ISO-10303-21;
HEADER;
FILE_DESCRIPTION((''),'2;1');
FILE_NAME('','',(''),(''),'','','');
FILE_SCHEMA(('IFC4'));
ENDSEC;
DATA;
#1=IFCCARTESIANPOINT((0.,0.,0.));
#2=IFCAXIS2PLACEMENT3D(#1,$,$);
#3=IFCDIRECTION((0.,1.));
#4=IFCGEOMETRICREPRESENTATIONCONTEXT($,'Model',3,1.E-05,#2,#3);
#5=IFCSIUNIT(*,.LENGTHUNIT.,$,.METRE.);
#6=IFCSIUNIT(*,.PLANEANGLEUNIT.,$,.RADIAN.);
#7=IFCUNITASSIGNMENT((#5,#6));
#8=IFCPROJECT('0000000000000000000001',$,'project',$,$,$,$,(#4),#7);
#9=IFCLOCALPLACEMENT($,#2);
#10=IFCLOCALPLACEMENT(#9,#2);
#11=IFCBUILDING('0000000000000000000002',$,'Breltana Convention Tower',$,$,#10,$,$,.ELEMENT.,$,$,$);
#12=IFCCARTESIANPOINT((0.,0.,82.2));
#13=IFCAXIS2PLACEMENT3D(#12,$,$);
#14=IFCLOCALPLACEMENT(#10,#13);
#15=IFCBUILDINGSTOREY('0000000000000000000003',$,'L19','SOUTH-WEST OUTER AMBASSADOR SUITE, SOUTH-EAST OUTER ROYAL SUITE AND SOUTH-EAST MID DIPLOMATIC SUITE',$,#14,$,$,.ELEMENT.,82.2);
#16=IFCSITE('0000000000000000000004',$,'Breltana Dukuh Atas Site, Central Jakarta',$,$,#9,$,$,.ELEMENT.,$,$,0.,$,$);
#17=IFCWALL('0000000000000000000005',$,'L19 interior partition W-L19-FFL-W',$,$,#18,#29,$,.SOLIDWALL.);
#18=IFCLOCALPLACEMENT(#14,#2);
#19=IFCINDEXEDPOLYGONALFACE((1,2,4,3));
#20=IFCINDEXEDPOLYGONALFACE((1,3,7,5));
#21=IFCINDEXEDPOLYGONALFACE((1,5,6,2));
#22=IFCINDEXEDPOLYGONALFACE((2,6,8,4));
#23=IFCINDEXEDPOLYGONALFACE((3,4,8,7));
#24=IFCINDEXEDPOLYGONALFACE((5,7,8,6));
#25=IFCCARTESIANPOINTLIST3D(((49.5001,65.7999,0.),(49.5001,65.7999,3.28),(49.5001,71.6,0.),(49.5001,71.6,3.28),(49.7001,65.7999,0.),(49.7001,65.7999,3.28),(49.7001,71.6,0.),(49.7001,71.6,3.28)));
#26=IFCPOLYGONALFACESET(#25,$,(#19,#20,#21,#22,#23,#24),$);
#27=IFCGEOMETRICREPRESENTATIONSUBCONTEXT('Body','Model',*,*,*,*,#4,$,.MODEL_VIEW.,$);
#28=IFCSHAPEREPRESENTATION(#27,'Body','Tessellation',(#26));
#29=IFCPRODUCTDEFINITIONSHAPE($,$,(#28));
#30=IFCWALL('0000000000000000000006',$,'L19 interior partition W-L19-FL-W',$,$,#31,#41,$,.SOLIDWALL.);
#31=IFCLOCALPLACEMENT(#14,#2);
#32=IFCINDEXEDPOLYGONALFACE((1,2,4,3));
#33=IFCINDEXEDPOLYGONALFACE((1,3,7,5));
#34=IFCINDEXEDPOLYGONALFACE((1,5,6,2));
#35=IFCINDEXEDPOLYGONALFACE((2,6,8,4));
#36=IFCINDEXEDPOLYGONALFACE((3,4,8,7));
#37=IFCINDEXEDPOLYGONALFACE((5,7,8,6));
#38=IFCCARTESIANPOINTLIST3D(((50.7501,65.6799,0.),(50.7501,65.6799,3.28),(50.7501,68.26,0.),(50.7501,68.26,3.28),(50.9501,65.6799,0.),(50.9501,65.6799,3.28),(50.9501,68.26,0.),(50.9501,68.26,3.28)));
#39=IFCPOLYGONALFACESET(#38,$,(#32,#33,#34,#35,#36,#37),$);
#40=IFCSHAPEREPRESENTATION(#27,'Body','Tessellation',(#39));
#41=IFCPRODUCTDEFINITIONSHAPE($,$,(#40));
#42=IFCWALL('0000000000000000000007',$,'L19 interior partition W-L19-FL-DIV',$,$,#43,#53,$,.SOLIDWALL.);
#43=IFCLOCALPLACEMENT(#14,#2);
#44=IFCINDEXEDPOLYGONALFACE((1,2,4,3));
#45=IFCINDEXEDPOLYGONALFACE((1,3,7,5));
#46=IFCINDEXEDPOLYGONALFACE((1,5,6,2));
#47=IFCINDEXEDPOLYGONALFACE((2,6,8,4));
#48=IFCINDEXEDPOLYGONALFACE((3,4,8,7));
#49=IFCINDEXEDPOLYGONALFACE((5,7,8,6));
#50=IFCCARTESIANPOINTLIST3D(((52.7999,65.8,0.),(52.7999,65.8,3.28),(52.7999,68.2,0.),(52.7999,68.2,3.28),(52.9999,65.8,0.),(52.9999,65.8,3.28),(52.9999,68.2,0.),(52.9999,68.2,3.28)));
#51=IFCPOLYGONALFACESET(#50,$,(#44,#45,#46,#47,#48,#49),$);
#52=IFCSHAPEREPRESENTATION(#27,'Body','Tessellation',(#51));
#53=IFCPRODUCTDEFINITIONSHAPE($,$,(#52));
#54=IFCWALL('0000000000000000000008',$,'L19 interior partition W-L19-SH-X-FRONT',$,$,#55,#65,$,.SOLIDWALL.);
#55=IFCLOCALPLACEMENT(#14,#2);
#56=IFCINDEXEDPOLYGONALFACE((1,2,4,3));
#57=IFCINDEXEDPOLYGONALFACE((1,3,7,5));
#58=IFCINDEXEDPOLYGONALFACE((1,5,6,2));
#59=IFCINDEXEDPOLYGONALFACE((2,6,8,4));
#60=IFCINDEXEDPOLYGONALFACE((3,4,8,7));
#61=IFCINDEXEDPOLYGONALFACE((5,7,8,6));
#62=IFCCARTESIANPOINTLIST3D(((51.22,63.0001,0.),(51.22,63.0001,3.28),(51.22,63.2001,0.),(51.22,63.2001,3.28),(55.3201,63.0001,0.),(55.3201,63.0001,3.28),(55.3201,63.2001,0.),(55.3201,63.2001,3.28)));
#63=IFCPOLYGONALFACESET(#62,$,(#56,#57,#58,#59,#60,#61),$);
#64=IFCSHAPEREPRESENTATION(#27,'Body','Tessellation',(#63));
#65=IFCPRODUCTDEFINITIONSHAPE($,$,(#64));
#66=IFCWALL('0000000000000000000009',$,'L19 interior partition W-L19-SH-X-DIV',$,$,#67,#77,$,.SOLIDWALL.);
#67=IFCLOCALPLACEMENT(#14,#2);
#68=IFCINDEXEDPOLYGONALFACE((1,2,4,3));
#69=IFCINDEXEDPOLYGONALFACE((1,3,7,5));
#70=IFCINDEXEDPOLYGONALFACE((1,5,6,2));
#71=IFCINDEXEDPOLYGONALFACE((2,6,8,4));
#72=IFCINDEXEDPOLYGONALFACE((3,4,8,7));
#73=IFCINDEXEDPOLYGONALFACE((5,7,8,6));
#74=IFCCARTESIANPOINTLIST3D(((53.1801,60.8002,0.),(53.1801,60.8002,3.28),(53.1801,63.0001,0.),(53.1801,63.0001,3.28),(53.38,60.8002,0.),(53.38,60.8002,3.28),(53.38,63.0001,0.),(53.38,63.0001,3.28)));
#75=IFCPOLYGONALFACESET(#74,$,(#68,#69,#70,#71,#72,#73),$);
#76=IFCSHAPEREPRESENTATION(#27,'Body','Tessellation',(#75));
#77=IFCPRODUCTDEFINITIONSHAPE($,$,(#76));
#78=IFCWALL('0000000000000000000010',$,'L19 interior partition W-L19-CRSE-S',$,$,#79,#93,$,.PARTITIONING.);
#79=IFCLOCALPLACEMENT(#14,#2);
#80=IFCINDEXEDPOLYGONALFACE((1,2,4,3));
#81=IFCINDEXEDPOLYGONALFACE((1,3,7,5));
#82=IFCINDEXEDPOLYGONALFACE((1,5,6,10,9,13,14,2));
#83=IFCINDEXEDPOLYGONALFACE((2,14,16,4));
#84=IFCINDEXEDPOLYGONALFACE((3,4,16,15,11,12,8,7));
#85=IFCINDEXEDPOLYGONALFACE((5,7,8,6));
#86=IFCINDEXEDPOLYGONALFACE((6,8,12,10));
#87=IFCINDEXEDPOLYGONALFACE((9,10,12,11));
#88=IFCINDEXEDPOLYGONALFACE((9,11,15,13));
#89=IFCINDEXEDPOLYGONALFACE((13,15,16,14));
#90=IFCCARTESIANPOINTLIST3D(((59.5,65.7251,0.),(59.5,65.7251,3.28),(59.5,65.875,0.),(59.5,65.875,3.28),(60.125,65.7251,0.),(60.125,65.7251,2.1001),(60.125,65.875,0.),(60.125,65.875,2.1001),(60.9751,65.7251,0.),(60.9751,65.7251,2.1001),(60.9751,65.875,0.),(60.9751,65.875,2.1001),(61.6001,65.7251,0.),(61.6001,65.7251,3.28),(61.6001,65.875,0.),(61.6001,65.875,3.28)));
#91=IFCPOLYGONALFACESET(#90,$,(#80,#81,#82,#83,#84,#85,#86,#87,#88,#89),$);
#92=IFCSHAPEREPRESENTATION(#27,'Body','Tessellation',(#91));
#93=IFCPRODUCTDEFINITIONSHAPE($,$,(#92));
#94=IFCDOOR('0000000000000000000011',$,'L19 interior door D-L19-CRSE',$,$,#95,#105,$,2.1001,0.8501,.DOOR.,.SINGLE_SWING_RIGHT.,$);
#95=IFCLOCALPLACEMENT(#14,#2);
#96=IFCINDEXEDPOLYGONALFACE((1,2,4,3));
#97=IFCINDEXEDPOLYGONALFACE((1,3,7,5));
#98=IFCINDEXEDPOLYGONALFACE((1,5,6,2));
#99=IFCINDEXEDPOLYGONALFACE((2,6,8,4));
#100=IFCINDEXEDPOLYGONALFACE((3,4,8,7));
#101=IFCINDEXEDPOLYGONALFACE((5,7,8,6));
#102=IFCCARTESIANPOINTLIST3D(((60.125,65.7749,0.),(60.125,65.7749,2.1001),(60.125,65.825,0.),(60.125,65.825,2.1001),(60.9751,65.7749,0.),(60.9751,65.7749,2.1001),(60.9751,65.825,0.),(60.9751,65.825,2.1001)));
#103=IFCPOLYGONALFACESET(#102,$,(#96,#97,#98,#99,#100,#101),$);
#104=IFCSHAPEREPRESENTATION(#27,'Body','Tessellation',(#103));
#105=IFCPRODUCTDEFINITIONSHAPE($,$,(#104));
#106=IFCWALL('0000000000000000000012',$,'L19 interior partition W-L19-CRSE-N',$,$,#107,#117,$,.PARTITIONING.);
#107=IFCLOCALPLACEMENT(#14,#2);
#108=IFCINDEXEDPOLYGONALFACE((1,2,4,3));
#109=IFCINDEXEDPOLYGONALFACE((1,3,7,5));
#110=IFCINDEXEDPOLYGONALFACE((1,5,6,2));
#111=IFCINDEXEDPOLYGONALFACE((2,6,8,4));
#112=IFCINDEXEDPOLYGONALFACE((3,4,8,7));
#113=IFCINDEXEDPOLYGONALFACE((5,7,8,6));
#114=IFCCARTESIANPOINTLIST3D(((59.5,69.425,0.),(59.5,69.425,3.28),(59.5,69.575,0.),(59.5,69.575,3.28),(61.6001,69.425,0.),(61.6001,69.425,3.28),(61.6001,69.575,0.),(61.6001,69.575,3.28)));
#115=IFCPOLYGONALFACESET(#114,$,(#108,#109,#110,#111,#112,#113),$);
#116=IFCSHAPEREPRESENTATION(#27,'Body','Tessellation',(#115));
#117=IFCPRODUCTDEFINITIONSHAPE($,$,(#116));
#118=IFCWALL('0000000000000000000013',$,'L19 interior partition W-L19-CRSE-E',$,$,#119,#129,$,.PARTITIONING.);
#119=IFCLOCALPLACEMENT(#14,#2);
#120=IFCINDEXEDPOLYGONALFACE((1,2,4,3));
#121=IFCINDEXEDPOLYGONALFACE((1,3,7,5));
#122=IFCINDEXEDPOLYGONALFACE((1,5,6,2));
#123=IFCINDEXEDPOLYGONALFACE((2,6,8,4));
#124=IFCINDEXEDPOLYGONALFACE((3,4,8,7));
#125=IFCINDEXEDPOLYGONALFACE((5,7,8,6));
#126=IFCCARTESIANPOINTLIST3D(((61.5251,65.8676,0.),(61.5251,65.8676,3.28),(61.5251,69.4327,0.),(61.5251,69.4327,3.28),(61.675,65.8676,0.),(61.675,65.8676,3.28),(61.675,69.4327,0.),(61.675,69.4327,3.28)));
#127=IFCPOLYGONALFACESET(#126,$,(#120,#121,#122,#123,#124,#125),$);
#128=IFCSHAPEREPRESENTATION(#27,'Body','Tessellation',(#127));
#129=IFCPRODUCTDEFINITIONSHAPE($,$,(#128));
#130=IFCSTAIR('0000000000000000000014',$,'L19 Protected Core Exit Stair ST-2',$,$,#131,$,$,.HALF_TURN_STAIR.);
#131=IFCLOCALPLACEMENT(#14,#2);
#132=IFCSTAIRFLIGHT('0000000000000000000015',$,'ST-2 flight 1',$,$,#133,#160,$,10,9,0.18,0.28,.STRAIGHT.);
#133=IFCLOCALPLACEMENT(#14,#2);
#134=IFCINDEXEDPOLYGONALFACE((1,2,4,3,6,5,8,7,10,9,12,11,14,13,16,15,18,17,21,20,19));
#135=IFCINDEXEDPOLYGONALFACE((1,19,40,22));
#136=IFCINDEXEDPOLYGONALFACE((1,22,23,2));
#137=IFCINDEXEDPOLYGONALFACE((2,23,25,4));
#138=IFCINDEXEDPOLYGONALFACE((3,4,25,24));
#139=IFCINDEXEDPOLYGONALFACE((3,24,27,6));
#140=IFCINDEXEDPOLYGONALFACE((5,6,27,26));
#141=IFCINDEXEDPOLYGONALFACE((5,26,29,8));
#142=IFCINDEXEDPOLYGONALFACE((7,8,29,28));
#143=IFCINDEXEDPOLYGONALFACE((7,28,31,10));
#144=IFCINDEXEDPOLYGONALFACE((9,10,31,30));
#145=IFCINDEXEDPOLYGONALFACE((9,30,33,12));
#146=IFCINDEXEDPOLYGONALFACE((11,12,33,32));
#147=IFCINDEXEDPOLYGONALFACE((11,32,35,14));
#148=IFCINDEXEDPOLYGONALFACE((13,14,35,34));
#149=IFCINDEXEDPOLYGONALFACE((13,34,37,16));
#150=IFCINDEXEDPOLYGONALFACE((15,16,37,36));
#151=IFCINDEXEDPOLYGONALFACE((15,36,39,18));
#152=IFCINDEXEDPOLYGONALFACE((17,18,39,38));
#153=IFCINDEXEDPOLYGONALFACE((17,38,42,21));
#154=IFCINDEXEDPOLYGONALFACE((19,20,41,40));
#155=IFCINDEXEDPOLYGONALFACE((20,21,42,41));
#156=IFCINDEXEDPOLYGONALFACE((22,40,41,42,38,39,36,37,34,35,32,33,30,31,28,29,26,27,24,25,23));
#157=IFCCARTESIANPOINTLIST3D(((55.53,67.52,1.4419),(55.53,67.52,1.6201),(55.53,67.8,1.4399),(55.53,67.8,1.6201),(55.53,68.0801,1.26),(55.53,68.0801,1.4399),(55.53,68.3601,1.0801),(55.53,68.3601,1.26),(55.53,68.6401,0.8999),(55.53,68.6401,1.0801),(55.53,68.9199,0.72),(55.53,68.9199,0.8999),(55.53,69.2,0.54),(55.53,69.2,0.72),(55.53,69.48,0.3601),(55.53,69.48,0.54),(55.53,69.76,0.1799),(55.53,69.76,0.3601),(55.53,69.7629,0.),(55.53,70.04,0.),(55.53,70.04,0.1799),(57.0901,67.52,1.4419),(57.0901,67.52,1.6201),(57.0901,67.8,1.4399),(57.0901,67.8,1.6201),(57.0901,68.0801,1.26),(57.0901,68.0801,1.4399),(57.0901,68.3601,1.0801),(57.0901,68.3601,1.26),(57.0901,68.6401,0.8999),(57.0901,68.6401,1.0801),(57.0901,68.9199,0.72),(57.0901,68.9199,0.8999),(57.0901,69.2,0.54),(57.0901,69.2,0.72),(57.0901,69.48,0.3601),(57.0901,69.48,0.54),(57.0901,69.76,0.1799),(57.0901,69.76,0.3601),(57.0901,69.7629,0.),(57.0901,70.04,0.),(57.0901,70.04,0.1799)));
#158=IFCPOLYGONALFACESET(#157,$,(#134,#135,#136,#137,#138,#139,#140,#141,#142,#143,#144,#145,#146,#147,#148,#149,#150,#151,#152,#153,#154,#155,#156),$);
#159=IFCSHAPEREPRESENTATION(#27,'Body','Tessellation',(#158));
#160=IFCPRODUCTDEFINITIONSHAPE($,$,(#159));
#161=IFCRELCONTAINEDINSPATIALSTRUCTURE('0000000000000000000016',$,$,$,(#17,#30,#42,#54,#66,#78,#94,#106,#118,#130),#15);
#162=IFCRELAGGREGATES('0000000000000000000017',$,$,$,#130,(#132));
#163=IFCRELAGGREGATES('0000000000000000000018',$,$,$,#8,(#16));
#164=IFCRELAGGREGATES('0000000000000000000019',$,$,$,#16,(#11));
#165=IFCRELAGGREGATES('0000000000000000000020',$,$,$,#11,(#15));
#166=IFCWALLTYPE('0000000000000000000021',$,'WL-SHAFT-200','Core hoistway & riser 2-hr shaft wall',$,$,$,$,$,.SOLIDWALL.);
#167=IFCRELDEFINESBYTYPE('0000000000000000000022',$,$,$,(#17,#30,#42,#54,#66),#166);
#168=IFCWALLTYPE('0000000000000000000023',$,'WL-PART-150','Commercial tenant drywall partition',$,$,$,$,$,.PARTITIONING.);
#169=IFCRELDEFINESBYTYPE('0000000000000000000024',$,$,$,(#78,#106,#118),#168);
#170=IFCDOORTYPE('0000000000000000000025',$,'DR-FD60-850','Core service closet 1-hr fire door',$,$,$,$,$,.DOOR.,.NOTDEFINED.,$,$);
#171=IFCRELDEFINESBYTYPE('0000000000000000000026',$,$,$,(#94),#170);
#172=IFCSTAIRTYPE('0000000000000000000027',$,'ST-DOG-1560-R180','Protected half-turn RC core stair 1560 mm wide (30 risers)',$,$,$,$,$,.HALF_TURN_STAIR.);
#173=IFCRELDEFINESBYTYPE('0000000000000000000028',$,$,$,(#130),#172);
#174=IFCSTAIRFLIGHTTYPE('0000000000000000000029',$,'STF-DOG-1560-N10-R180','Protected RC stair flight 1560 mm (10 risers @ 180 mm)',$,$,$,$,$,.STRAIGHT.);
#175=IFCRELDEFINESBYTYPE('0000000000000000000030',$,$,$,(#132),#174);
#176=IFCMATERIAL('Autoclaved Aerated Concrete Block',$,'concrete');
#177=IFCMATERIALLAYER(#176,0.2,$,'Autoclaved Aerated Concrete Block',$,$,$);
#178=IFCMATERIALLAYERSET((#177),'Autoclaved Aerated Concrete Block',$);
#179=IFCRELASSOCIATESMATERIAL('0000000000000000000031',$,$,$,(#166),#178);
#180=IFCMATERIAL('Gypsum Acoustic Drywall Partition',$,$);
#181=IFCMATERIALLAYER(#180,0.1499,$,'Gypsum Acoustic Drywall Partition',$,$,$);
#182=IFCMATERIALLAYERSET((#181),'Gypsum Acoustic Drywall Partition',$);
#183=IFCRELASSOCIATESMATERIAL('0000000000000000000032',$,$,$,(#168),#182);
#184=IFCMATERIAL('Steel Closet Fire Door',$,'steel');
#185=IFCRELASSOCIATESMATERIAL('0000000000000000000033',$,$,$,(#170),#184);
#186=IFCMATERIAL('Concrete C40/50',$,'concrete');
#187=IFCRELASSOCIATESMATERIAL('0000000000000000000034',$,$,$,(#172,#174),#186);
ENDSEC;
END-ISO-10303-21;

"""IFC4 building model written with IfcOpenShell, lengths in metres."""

from ifc_helpers import new_model, si_unit, direction, frame, frame_2d, origin, place, context, subcontext, project, spatial, polyline, rectangle, outline, extrude, source, transform, mapped, material, layer, layer_set, type_object, type_shapes, element, fill, aggregate, save


model = new_model("IFC4")

# Units and contexts
model_context = context("Model", 3, precision=1e-05, world=origin(), true_north=direction((0.0, 1.0)))
body_context = subcontext(model_context, "Body", "Model", "MODEL_VIEW")
ifc_project = project(units=[si_unit("LENGTHUNIT", "METRE"), si_unit("PLANEANGLEUNIT", "RADIAN")], contexts=[model_context])

# Site, building, storey
site_placement = place(None, origin())
site = spatial("IfcSite", under=ifc_project, at=site_placement, Name="Breltana Dukuh Atas Site, Central Jakarta", CompositionType="ELEMENT", RefElevation=0.0)
building_placement = place(site_placement, origin())
building = spatial("IfcBuilding", under=site, at=building_placement, Name="Breltana Convention Tower", CompositionType="ELEMENT")
storey_placement = place(building_placement, frame((0.0, 0.0, 82.2)))
storey = spatial("IfcBuildingStorey", under=building, at=storey_placement, Name="L19", Description="SOUTH-WEST OUTER AMBASSADOR SUITE, SOUTH-EAST OUTER ROYAL SUITE AND SOUTH-EAST MID DIPLOMATIC SUITE", CompositionType="ELEMENT", Elevation=82.2)

# Shared definitions
ifc_material_1 = material(Name="Autoclaved Aerated Concrete Block", Category="concrete")
ifc_layer_1 = layer(ifc_material_1, 0.2, Name="Autoclaved Aerated Concrete Block")
ifc_layer_set_1 = layer_set([ifc_layer_1], Name="Autoclaved Aerated Concrete Block")
wall_type_1 = type_object("IfcWallType", Name="WL-SHAFT-200", Description="Core hoistway & riser 2-hr shaft wall", PredefinedType="SOLIDWALL", material=ifc_layer_set_1)

# Walls
shared_shape_1 = source(origin(), body_context, "Body", "SweptSolid", [
    extrude(rectangle(XDim=5.8, YDim=0.2, at=frame_2d((2.8999, 0.0))), origin(), (0.0, 0.0, 1.0), 3.28),
])
wall_1_placement = place(storey_placement, frame((49.6001, 65.8, 0.0), z_axis=(0.0, 0.0, 1.0), x_axis=(0.0, 1.0, 0.0)))
element("IfcWall", 1, at=wall_1_placement, inside=storey, type_object=wall_type_1, Name="L19 interior partition W-L19-FFL-W", PredefinedType="SOLIDWALL", context=body_context, shape_type="MappedRepresentation", body=[
    mapped(shared_shape_1, transform((0.0, 0.0, 0.0), scale=1.0)),
])
shared_shape_2 = source(origin(), body_context, "Body", "SweptSolid", [
    extrude(rectangle(XDim=2.5801, YDim=0.2, at=frame_2d((1.29, 0.0))), origin(), (0.0, 0.0, 1.0), 3.28),
])
wall_2_placement = place(storey_placement, frame((50.8501, 65.6799, 0.0), z_axis=(0.0, 0.0, 1.0), x_axis=(0.0, 1.0, 0.0)))
element("IfcWall", 2, at=wall_2_placement, inside=storey, type_object=wall_type_1, Name="L19 interior partition W-L19-FL-W", PredefinedType="SOLIDWALL", context=body_context, shape_type="MappedRepresentation", body=[
    mapped(shared_shape_2, transform((0.0, 0.0, 0.0), scale=1.0)),
])
shared_shape_3 = source(origin(), body_context, "Body", "SweptSolid", [
    extrude(rectangle(XDim=2.3999, YDim=0.2, at=frame_2d((1.2, 0.0))), origin(), (0.0, 0.0, 1.0), 3.28),
])
wall_3_placement = place(storey_placement, frame((52.8999, 65.8, 0.0), z_axis=(0.0, 0.0, 1.0), x_axis=(0.0, 1.0, 0.0)))
element("IfcWall", 3, at=wall_3_placement, inside=storey, type_object=wall_type_1, Name="L19 interior partition W-L19-FL-DIV", PredefinedType="SOLIDWALL", context=body_context, shape_type="MappedRepresentation", body=[
    mapped(shared_shape_3, transform((0.0, 0.0, 0.0), scale=1.0)),
])
shared_shape_4 = source(origin(), body_context, "Body", "SweptSolid", [
    extrude(rectangle(XDim=4.1001, YDim=0.2, at=frame_2d((2.05, 0.0))), origin(), (0.0, 0.0, 1.0), 3.28),
])
wall_4_placement = place(storey_placement, frame((51.22, 63.1001, 0.0), z_axis=(0.0, 0.0, 1.0), x_axis=(1.0, 0.0, 0.0)))
element("IfcWall", 4, at=wall_4_placement, inside=storey, type_object=wall_type_1, Name="L19 interior partition W-L19-SH-X-FRONT", PredefinedType="SOLIDWALL", context=body_context, shape_type="MappedRepresentation", body=[
    mapped(shared_shape_4, transform((0.0, 0.0, 0.0), scale=1.0)),
])
shared_shape_5 = source(origin(), body_context, "Body", "SweptSolid", [
    extrude(rectangle(XDim=2.2, YDim=0.2, at=frame_2d((1.1001, 0.0))), origin(), (0.0, 0.0, 1.0), 3.28),
])
wall_5_placement = place(storey_placement, frame((53.28, 60.8, 0.0), z_axis=(0.0, 0.0, 1.0), x_axis=(0.0, 1.0, 0.0)))
element("IfcWall", 5, at=wall_5_placement, inside=storey, type_object=wall_type_1, Name="L19 interior partition W-L19-SH-X-DIV", PredefinedType="SOLIDWALL", context=body_context, shape_type="MappedRepresentation", body=[
    mapped(shared_shape_5, transform((0.0, 0.0, 0.0), scale=1.0)),
])

# Wall, opening, door
ifc_material_2 = material(Name="Gypsum Acoustic Drywall Partition")
ifc_layer_2 = layer(ifc_material_2, 0.1499, Name="Gypsum Acoustic Drywall Partition")
ifc_layer_set_2 = layer_set([ifc_layer_2], Name="Gypsum Acoustic Drywall Partition")
wall_type_2 = type_object("IfcWallType", Name="WL-PART-150", Description="Commercial tenant drywall partition", PredefinedType="PARTITIONING", material=ifc_layer_set_2)
shared_shape_6 = source(origin(), body_context, "Body", "SweptSolid", [
    extrude(rectangle(XDim=2.1001, YDim=0.1499, at=frame_2d((1.05, 0.0))), origin(), (0.0, 0.0, 1.0), 3.28),
])
wall_6_placement = place(storey_placement, frame((59.5, 65.8, 0.0), z_axis=(0.0, 0.0, 1.0), x_axis=(1.0, 0.0, 0.0)))
wall_6 = element("IfcWall", 6, at=wall_6_placement, inside=storey, type_object=wall_type_2, Name="L19 interior partition W-L19-CRSE-S", PredefinedType="PARTITIONING", context=body_context, shape_type="MappedRepresentation", body=[
    mapped(shared_shape_6, transform((0.0, 0.0, 0.0), scale=1.0)),
])
opening_1_placement = place(wall_6_placement, frame((0.625, 0.0, 0.0)))
opening_1 = element("IfcOpeningElement", 7, at=opening_1_placement, cuts=wall_6, PredefinedType="OPENING", context=body_context, shape_type="SweptSolid", body=[
    extrude(rectangle(XDim=0.8501, YDim=2.1001, at=frame_2d((0.425, 1.05))), frame((0.0, 0.085, 0.0), z_axis=(0.0, -1.0, 0.0), x_axis=(1.0, 0.0, 0.0)), (0.0, 0.0, 1.0), 0.1699),
])
ifc_material_3 = material(Name="Steel Closet Fire Door", Category="steel")
door_type_1 = type_object("IfcDoorType", Name="DR-FD60-850", Description="Core service closet 1-hr fire door", OperationType="NOTDEFINED", PredefinedType="DOOR", material=ifc_material_3)
shared_shape_7 = source(origin(), body_context, "Body", "SweptSolid", [
    extrude(rectangle(XDim=0.8501, YDim=2.1001, at=frame_2d((0.425, 1.05))), frame((0.0, 0.0249, 0.0), z_axis=(0.0, -1.0, 0.0), x_axis=(1.0, 0.0, 0.0)), (0.0, 0.0, 1.0), 0.05),
])
type_shapes(door_type_1, [shared_shape_7])
door_1_placement = place(opening_1_placement, origin())
door_1 = element("IfcDoor", 8, at=door_1_placement, inside=storey, type_object=door_type_1, Name="L19 interior door D-L19-CRSE", OperationType="SINGLE_SWING_RIGHT", OverallHeight=2.1001, OverallWidth=0.8501, PredefinedType="DOOR", context=body_context, shape_type="MappedRepresentation", body=[
    mapped(shared_shape_7, transform((0.0, 0.0, 0.0), scale=1.0)),
])
fill(opening_1, door_1)

# Walls
wall_7_placement = place(storey_placement, frame((59.5, 69.5, 0.0), z_axis=(0.0, 0.0, 1.0), x_axis=(1.0, 0.0, 0.0)))
element("IfcWall", 9, at=wall_7_placement, inside=storey, type_object=wall_type_2, Name="L19 interior partition W-L19-CRSE-N", PredefinedType="PARTITIONING", context=body_context, shape_type="MappedRepresentation", body=[
    mapped(shared_shape_6, transform((0.0, 0.0, 0.0), scale=1.0)),
])
shared_shape_8 = source(origin(), body_context, "Body", "SweptSolid", [
    extrude(rectangle(XDim=3.5652, YDim=0.1499, at=frame_2d((1.7827, 0.0))), origin(), (0.0, 0.0, 1.0), 3.28),
])
wall_8_placement = place(storey_placement, frame((61.6001, 65.8674, 0.0), z_axis=(0.0, 0.0, 1.0), x_axis=(0.0, 1.0, 0.0)))
element("IfcWall", 10, at=wall_8_placement, inside=storey, type_object=wall_type_2, Name="L19 interior partition W-L19-CRSE-E", PredefinedType="PARTITIONING", context=body_context, shape_type="MappedRepresentation", body=[
    mapped(shared_shape_8, transform((0.0, 0.0, 0.0), scale=1.0)),
])

# Stair, stair flight
ifc_material_4 = material(Name="Concrete C40/50", Category="concrete")
stair_type = type_object("IfcStairType", Name="ST-DOG-1560-R180", Description="Protected half-turn RC core stair 1560 mm wide (30 risers)", PredefinedType="HALF_TURN_STAIR", material=ifc_material_4)
stair_placement = place(storey_placement, origin())
stair = element("IfcStair", 11, at=stair_placement, inside=storey, type_object=stair_type, Name="L19 Protected Core Exit Stair ST-2", PredefinedType="HALF_TURN_STAIR")
stair_flight_type = type_object("IfcStairFlightType", Name="STF-DOG-1560-N10-R180", Description="Protected RC stair flight 1560 mm (10 risers @ 180 mm)", PredefinedType="STRAIGHT", material=ifc_material_4)
stair_flight_1_placement = place(storey_placement, frame((56.3101, 70.04, 0.0), z_axis=(0.0, 0.0, 1.0), x_axis=(0.0, -1.0, 0.0)))
stair_flight_1 = element("IfcStairFlight", 12, at=stair_flight_1_placement, type_object=stair_flight_type, Name="ST-2 flight 1", NumberOfRisers=10, NumberOfTreads=9, PredefinedType="STRAIGHT", RiserHeight=0.18, TreadLength=0.28, context=body_context, shape_type="SweptSolid", body=[
    extrude(outline(polyline([(0.0, 0.0), (0.0, 0.1799), (0.28, 0.1799), (0.28, 0.3601), (0.5601, 0.3601), (0.5601, 0.54), (0.8401, 0.54), (0.8401, 0.72), (1.1201, 0.72), (1.1201, 0.8999), (1.3999, 0.8999), (1.3999, 1.0801), (1.6799, 1.0801), (1.6799, 1.26), (1.96, 1.26), (1.96, 1.4399), (2.24, 1.4399), (2.24, 1.6201), (2.52, 1.6201), (2.52, 1.8), (2.52, 1.4419), (0.2771, 0.0), (0.0, 0.0)])), frame((0.0, 0.78, 0.0), z_axis=(0.0, -1.0, 0.0), x_axis=(1.0, 0.0, 0.0)), (0.0, 0.0, 1.0), 1.5601),
])
aggregate(stair, [stair_flight_1])

save(model, "model.ifc")
